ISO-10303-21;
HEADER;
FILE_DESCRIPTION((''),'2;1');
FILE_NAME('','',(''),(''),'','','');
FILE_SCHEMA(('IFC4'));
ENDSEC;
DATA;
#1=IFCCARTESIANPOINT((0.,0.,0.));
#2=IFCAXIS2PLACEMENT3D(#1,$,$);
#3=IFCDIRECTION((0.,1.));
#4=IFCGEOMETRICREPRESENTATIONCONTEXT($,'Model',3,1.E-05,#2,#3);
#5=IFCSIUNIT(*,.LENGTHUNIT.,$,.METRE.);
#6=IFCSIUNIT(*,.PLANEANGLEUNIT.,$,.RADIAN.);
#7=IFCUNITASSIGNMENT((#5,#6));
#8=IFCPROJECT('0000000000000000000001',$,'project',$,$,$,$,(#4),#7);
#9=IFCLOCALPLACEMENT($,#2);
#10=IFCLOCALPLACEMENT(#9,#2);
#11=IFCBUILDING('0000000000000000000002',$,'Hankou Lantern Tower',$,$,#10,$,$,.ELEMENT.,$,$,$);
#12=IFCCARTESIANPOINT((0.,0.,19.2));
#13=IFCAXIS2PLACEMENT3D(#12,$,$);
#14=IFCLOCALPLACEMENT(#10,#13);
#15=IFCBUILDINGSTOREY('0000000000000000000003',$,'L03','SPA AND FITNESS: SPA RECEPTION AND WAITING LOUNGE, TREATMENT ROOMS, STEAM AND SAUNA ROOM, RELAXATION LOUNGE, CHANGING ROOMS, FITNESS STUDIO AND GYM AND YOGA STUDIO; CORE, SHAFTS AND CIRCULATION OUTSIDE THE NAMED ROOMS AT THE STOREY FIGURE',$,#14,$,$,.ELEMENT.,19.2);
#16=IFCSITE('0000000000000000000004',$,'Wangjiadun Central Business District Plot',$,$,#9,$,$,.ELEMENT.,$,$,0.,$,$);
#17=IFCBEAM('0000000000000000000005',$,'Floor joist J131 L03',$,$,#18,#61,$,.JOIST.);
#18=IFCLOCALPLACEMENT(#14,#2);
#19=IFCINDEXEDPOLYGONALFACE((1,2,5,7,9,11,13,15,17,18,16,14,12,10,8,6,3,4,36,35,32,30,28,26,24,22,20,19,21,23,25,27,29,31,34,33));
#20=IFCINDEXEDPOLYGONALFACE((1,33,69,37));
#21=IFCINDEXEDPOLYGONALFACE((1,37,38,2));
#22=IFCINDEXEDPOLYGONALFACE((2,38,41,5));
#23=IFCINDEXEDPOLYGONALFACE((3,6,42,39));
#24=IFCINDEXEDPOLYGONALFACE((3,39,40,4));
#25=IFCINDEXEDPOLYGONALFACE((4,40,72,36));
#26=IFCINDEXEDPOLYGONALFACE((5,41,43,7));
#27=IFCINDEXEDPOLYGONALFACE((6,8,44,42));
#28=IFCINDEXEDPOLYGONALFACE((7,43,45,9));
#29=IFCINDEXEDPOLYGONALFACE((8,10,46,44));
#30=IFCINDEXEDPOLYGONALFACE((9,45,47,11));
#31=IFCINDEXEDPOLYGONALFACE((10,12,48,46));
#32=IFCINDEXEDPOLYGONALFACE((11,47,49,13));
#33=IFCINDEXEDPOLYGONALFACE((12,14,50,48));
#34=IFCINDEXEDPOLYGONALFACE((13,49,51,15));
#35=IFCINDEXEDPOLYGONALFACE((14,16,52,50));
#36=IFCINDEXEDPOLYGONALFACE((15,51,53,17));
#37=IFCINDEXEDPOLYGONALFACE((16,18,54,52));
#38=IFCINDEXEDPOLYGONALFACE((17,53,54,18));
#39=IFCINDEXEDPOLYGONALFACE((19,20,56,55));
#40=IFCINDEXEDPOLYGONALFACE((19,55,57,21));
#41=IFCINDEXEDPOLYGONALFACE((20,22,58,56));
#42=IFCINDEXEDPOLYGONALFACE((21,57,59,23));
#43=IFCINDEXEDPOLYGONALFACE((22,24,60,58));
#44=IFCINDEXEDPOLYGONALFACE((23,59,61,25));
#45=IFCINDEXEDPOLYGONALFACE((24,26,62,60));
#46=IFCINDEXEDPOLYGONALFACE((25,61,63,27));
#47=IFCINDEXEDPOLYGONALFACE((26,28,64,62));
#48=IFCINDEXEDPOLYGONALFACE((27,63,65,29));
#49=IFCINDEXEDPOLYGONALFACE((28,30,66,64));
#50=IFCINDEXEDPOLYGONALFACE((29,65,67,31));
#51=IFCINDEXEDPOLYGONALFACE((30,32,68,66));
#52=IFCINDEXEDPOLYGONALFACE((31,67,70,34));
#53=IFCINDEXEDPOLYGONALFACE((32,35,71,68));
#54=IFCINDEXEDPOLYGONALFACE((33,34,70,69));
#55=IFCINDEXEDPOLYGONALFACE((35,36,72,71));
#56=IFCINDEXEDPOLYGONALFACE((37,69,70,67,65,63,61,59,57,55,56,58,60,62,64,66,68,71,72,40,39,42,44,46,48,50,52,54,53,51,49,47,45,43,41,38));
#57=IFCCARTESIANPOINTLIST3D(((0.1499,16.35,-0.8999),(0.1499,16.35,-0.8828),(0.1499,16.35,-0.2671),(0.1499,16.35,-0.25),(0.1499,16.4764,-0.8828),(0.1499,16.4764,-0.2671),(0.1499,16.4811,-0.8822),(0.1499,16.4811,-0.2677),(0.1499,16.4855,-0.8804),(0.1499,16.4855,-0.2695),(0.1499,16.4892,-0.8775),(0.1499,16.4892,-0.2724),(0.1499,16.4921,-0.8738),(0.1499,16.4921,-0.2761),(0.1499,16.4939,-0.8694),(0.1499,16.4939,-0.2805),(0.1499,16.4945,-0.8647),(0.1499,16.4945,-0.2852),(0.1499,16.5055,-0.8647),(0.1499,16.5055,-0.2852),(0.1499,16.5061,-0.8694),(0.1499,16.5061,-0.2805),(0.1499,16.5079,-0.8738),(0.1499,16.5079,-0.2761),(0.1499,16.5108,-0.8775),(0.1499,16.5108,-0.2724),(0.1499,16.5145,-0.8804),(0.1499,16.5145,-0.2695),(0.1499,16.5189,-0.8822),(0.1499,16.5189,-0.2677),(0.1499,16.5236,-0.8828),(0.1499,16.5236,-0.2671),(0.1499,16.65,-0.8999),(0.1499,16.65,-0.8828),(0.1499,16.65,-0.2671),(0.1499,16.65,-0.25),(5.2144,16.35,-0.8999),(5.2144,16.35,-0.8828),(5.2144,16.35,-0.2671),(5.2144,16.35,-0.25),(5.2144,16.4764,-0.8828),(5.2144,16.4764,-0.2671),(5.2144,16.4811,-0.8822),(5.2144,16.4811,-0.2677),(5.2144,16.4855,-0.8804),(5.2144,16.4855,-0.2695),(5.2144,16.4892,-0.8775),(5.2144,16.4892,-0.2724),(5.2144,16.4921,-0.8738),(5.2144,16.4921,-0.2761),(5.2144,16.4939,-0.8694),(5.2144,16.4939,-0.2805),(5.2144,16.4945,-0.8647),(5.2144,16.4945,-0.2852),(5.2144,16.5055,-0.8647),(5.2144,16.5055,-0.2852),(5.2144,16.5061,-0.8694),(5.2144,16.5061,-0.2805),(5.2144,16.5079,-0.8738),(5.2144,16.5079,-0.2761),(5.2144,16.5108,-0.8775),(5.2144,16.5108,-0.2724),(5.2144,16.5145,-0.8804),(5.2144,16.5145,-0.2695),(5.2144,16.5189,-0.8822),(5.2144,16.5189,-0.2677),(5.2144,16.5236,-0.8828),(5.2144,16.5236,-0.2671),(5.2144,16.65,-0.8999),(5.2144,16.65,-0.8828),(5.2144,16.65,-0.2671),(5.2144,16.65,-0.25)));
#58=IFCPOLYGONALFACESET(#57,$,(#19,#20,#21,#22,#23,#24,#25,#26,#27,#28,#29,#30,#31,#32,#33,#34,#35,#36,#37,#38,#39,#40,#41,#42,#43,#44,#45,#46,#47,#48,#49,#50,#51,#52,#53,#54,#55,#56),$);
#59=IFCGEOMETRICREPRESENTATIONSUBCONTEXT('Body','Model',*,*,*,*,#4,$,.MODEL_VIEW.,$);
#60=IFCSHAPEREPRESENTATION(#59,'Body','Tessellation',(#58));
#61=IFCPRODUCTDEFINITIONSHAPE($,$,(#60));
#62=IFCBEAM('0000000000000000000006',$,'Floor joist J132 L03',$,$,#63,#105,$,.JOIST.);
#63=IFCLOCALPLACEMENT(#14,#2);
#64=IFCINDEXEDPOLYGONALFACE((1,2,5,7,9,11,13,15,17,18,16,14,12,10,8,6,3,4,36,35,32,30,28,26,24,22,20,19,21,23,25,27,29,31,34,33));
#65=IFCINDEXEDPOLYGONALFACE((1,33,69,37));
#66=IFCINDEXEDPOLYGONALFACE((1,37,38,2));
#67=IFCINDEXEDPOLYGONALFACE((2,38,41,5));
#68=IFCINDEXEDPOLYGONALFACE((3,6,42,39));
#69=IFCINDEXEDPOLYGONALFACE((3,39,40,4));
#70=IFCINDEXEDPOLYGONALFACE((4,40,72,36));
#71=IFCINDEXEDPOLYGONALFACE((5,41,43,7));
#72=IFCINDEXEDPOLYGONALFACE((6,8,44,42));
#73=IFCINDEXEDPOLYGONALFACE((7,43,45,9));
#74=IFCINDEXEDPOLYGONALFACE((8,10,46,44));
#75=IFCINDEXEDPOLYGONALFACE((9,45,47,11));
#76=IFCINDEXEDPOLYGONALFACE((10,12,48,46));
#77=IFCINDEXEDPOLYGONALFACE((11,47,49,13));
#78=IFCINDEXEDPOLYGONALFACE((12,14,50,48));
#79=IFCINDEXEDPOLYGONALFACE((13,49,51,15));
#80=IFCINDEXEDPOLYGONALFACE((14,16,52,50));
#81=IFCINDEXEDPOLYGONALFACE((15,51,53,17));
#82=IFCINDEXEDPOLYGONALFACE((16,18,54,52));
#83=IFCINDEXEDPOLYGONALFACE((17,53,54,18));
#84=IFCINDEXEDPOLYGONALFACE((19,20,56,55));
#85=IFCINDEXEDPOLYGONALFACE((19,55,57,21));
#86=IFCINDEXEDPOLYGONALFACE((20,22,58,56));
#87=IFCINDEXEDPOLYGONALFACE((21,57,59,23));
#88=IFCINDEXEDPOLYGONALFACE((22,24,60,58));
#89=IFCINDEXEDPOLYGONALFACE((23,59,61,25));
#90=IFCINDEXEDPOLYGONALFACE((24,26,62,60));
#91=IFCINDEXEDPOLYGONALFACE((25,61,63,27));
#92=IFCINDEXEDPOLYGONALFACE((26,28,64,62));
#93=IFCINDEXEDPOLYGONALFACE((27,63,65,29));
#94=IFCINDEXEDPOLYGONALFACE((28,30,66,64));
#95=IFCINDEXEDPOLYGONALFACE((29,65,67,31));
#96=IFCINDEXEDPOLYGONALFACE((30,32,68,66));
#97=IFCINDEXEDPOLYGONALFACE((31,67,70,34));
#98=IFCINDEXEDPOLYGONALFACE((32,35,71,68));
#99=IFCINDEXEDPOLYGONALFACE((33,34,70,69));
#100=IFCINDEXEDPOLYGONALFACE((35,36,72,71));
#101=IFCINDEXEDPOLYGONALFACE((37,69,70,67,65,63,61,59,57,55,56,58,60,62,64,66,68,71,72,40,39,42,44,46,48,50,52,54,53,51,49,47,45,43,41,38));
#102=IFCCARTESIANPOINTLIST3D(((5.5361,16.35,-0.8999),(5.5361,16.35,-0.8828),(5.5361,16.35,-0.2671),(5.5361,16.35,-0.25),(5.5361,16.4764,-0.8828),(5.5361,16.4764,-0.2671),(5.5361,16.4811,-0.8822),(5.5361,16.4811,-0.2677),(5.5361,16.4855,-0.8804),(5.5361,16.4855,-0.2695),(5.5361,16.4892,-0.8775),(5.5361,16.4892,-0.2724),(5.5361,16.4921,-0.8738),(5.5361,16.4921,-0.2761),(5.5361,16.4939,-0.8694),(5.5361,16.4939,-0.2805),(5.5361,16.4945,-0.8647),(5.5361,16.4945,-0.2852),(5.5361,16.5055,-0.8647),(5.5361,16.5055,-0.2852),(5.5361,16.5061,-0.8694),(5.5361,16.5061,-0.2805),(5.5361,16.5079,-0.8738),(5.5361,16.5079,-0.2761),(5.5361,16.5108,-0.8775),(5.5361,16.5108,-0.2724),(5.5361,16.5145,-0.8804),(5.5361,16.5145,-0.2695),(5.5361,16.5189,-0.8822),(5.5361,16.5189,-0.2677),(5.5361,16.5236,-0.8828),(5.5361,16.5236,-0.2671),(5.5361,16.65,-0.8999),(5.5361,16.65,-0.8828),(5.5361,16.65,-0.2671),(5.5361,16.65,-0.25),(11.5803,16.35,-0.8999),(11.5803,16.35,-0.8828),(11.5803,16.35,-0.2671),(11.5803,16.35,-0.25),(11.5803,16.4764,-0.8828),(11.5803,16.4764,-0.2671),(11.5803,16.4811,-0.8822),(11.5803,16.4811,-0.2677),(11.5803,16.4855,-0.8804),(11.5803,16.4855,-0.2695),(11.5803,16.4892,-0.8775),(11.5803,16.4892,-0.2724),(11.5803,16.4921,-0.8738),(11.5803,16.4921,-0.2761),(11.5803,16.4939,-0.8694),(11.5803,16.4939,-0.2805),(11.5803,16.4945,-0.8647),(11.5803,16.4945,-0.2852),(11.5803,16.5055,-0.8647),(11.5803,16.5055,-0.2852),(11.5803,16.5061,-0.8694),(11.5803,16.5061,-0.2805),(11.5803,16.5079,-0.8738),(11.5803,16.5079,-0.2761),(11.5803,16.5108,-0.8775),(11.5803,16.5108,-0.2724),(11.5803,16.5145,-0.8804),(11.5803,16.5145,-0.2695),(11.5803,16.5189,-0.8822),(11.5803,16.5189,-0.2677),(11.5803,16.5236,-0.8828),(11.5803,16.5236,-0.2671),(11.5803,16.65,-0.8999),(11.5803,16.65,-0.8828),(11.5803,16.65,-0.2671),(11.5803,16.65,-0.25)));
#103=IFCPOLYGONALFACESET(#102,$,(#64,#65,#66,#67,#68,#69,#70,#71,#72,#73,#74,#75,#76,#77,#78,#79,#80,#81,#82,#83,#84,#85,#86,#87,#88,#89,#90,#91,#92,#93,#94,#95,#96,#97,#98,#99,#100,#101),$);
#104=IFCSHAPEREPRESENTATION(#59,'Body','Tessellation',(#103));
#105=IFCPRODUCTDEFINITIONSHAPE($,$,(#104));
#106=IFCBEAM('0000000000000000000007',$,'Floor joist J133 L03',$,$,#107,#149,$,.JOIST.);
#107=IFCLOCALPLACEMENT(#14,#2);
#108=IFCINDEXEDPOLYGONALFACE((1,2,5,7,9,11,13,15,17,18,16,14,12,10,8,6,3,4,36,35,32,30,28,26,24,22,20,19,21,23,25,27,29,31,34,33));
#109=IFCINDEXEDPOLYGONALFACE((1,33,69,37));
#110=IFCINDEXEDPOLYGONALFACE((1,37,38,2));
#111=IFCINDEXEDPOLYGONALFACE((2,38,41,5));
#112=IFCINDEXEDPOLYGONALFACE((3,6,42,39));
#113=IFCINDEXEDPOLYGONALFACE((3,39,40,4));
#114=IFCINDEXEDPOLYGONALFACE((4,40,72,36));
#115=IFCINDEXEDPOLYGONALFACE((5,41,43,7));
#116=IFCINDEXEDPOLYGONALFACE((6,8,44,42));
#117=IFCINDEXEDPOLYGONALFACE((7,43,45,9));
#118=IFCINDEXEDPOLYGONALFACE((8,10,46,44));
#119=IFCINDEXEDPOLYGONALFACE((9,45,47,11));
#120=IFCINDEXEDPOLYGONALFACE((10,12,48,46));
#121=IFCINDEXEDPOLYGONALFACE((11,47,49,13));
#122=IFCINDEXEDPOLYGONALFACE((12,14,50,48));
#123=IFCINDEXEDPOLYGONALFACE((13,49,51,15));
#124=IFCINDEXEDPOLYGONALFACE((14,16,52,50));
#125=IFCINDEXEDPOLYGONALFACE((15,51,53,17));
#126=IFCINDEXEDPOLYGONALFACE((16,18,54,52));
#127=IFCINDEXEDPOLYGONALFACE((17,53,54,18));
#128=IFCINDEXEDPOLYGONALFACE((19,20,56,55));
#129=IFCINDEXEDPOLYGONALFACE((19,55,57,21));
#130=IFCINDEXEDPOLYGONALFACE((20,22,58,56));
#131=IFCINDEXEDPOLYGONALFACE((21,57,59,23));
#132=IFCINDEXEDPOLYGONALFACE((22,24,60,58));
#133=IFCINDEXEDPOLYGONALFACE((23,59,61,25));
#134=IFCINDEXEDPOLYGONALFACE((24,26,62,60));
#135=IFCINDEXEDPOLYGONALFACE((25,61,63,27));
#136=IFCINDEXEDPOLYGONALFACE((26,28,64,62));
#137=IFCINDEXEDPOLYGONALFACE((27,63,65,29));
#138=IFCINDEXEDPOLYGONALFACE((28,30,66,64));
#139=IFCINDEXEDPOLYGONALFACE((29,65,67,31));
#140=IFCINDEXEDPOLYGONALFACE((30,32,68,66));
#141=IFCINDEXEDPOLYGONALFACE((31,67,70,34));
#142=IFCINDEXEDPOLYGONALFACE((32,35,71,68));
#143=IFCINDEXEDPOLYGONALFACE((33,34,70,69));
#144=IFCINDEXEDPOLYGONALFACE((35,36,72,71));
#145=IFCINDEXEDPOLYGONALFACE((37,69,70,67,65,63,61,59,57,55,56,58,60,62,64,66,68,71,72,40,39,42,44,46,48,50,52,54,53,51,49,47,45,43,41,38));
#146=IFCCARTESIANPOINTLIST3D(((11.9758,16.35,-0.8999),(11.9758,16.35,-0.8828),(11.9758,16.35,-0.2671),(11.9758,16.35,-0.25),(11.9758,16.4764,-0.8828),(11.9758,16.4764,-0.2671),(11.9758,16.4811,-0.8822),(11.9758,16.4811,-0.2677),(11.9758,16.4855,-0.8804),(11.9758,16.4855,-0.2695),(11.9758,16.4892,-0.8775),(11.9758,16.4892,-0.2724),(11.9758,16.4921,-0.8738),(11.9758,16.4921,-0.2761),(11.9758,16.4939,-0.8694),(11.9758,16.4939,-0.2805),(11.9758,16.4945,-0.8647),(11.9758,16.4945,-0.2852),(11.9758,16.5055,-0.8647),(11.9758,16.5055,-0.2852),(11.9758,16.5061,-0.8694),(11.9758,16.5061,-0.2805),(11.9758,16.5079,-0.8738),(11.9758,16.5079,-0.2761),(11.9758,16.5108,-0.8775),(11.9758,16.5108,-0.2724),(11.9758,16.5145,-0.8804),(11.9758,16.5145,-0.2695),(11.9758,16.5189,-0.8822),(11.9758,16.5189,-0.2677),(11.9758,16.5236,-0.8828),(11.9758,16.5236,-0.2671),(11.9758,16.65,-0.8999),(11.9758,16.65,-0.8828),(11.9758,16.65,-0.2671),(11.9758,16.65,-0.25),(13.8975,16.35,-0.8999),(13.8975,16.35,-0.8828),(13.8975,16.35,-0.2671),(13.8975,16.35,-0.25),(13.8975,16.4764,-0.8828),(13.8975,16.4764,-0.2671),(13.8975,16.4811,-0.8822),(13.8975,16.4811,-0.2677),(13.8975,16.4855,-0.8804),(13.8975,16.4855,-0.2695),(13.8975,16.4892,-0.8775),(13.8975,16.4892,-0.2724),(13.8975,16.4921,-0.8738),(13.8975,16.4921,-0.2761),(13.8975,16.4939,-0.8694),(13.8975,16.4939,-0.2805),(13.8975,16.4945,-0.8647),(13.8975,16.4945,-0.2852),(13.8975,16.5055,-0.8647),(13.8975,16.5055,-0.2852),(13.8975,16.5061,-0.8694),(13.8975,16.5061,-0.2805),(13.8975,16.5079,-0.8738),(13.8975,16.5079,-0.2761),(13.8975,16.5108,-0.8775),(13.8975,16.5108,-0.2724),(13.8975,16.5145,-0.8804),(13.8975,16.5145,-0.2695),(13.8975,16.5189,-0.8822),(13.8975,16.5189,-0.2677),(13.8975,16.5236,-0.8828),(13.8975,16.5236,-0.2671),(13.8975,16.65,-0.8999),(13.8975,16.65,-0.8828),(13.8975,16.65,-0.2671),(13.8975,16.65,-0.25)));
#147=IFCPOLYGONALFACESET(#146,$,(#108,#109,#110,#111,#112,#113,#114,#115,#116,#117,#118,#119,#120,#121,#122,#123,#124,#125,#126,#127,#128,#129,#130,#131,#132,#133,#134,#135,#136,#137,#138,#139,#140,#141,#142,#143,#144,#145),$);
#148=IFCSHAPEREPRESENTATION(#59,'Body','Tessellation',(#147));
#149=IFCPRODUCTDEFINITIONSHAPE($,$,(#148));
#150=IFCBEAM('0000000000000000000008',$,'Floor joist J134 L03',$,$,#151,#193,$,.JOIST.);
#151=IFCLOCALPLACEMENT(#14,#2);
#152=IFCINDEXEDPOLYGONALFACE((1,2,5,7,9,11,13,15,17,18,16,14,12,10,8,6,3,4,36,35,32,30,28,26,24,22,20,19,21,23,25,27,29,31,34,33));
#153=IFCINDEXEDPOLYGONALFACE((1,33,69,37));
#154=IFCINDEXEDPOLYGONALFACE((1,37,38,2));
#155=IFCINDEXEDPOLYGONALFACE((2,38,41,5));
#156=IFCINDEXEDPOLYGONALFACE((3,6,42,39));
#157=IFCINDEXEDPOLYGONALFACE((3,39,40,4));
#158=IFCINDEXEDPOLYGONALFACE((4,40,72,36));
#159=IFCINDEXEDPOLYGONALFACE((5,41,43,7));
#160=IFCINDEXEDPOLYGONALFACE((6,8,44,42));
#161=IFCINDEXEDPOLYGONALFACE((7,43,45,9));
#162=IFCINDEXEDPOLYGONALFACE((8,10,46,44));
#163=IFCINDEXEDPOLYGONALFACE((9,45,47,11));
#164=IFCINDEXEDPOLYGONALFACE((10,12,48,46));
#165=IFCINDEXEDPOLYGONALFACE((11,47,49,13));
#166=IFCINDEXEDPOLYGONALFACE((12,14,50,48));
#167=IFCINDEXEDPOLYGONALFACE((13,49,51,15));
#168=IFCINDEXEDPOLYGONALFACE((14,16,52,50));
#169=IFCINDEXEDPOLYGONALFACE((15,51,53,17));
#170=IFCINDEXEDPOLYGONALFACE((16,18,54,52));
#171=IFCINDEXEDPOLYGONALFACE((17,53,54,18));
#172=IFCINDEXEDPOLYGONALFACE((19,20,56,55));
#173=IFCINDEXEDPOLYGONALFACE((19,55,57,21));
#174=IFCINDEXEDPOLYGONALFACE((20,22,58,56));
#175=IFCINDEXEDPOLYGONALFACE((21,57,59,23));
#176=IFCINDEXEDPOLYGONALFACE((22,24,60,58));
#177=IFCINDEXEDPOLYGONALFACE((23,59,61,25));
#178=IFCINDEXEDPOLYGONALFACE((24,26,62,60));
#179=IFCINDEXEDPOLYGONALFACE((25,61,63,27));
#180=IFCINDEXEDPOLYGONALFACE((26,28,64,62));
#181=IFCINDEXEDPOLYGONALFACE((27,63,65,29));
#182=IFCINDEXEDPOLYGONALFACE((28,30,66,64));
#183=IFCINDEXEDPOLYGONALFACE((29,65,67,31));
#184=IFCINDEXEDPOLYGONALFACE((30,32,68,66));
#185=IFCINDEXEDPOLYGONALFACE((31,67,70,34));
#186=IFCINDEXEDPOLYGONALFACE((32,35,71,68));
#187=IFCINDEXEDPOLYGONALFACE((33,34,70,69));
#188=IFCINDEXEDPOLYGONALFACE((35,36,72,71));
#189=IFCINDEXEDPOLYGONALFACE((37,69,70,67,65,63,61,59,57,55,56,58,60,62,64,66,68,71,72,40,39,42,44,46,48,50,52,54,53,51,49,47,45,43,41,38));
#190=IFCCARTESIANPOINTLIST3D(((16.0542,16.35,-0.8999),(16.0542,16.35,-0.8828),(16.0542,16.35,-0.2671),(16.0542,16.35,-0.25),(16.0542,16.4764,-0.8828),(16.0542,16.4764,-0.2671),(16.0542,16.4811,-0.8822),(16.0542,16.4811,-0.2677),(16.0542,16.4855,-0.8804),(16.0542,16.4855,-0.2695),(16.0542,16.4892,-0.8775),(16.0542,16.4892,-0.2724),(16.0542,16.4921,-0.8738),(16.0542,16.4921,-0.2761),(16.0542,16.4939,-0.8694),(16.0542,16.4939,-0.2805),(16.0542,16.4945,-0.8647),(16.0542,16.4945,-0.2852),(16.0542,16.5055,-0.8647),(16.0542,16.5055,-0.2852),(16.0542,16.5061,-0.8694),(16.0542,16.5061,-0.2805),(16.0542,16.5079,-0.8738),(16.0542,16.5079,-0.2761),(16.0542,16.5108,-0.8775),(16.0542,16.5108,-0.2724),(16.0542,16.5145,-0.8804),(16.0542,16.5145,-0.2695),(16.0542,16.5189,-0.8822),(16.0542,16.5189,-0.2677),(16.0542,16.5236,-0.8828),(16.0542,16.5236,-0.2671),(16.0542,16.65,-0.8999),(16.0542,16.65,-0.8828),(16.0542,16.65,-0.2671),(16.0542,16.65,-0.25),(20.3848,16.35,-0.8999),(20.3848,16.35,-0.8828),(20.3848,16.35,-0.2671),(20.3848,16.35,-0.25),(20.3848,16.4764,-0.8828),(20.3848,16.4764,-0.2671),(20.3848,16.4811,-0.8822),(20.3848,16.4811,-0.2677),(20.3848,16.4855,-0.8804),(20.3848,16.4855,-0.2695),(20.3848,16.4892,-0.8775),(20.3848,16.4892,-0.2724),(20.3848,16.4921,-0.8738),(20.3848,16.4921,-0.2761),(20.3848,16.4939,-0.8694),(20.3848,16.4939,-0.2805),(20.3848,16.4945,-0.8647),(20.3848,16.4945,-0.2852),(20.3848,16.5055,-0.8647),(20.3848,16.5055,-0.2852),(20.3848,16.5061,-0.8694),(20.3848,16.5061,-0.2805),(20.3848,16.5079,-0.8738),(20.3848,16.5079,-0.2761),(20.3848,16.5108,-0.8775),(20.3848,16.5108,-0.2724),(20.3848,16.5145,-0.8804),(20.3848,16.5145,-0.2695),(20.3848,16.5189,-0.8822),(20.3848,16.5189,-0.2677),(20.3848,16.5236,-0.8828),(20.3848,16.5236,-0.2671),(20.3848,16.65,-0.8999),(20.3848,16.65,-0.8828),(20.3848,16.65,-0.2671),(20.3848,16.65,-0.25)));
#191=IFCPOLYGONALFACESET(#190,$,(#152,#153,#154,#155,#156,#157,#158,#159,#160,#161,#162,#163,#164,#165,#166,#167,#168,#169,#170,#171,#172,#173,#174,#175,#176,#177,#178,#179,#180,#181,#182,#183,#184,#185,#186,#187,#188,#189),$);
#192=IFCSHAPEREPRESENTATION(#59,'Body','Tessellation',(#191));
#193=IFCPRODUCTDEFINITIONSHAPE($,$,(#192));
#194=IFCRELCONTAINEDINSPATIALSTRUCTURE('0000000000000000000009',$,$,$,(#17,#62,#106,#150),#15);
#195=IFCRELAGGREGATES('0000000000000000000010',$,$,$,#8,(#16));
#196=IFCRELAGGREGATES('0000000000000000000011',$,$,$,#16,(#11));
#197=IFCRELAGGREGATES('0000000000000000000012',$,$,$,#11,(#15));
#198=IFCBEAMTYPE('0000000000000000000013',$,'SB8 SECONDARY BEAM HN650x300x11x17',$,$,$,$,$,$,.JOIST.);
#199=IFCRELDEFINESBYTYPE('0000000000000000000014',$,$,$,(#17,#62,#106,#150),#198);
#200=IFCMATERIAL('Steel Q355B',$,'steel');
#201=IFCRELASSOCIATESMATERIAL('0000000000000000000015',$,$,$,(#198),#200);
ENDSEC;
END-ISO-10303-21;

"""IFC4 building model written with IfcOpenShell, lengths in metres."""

from ifc_helpers import new_model, si_unit, direction, frame, origin, origin_2d, place, context, subcontext, project, spatial, i_section, extrude, material, material_profile, profile_set, type_object, element, save


model = new_model("IFC4")

# Units and contexts
model_context = context("Model", 3, precision=1e-05, world=origin(), true_north=direction((0.0, 1.0)))
body_context = subcontext(model_context, "Body", "Model", "MODEL_VIEW")
ifc_project = project(units=[si_unit("LENGTHUNIT", "METRE"), si_unit("PLANEANGLEUNIT", "RADIAN")], contexts=[model_context])

# Site, building, storey
site_placement = place(None, origin())
site = spatial("IfcSite", under=ifc_project, at=site_placement, Name="Wangjiadun Central Business District Plot", CompositionType="ELEMENT", RefElevation=0.0)
building_placement = place(site_placement, origin())
building = spatial("IfcBuilding", under=site, at=building_placement, Name="Hankou Lantern Tower", CompositionType="ELEMENT")
storey_placement = place(building_placement, frame((0.0, 0.0, 19.2)))
storey = spatial("IfcBuildingStorey", under=building, at=storey_placement, Name="L03", Description="SPA AND FITNESS: SPA RECEPTION AND WAITING LOUNGE, TREATMENT ROOMS, STEAM AND SAUNA ROOM, RELAXATION LOUNGE, CHANGING ROOMS, FITNESS STUDIO AND GYM AND YOGA STUDIO; CORE, SHAFTS AND CIRCULATION OUTSIDE THE NAMED ROOMS AT THE STOREY FIGURE", CompositionType="ELEMENT", Elevation=19.2)

# Beams
ifc_material_1 = material(Name="Steel Q355B", Category="steel")
ifc_material_profile_1 = material_profile(ifc_material_1, i_section(OverallWidth=0.3, OverallDepth=0.6499, WebThickness=0.011, FlangeThickness=0.0171, FilletRadius=0.0181, at=origin_2d()), Name="HN650x300x11x17")
ifc_profile_set_1 = profile_set([ifc_material_profile_1], Name="Steel Q355B")
beam_type_1 = type_object("IfcBeamType", Name="SB8 SECONDARY BEAM HN650x300x11x17", PredefinedType="JOIST", material=ifc_profile_set_1)
beam_1_placement = place(storey_placement, frame((0.1499, 16.5, -0.575), z_axis=(1.0, 0.0, 0.0), x_axis=(0.0, 1.0, 0.0)))
element("IfcBeam", 1, at=beam_1_placement, inside=storey, type_object=beam_type_1, Name="Floor joist J131 L03", PredefinedType="JOIST", context=body_context, shape_type="SweptSolid", body=[
    extrude(i_section(OverallWidth=0.3, OverallDepth=0.6499, WebThickness=0.011, FlangeThickness=0.0171, FilletRadius=0.0181, at=origin_2d()), origin(), (0.0, 0.0, 1.0), 5.0645),
])
beam_2_placement = place(storey_placement, frame((5.5361, 16.5, -0.575), z_axis=(1.0, 0.0, 0.0), x_axis=(0.0, 1.0, 0.0)))
element("IfcBeam", 2, at=beam_2_placement, inside=storey, type_object=beam_type_1, Name="Floor joist J132 L03", PredefinedType="JOIST", context=body_context, shape_type="SweptSolid", body=[
    extrude(i_section(OverallWidth=0.3, OverallDepth=0.6499, WebThickness=0.011, FlangeThickness=0.0171, FilletRadius=0.0181, at=origin_2d()), origin(), (0.0, 0.0, 1.0), 6.0442),
])
beam_3_placement = place(storey_placement, frame((11.9758, 16.5, -0.575), z_axis=(1.0, 0.0, 0.0), x_axis=(0.0, 1.0, 0.0)))
element("IfcBeam", 3, at=beam_3_placement, inside=storey, type_object=beam_type_1, Name="Floor joist J133 L03", PredefinedType="JOIST", context=body_context, shape_type="SweptSolid", body=[
    extrude(i_section(OverallWidth=0.3, OverallDepth=0.6499, WebThickness=0.011, FlangeThickness=0.0171, FilletRadius=0.0181, at=origin_2d()), origin(), (0.0, 0.0, 1.0), 1.9216),
])
beam_4_placement = place(storey_placement, frame((16.0542, 16.5, -0.575), z_axis=(1.0, 0.0, 0.0), x_axis=(0.0, 1.0, 0.0)))
element("IfcBeam", 4, at=beam_4_placement, inside=storey, type_object=beam_type_1, Name="Floor joist J134 L03", PredefinedType="JOIST", context=body_context, shape_type="SweptSolid", body=[
    extrude(i_section(OverallWidth=0.3, OverallDepth=0.6499, WebThickness=0.011, FlangeThickness=0.0171, FilletRadius=0.0181, at=origin_2d()), origin(), (0.0, 0.0, 1.0), 4.3306),
])

save(model, "model.ifc")
